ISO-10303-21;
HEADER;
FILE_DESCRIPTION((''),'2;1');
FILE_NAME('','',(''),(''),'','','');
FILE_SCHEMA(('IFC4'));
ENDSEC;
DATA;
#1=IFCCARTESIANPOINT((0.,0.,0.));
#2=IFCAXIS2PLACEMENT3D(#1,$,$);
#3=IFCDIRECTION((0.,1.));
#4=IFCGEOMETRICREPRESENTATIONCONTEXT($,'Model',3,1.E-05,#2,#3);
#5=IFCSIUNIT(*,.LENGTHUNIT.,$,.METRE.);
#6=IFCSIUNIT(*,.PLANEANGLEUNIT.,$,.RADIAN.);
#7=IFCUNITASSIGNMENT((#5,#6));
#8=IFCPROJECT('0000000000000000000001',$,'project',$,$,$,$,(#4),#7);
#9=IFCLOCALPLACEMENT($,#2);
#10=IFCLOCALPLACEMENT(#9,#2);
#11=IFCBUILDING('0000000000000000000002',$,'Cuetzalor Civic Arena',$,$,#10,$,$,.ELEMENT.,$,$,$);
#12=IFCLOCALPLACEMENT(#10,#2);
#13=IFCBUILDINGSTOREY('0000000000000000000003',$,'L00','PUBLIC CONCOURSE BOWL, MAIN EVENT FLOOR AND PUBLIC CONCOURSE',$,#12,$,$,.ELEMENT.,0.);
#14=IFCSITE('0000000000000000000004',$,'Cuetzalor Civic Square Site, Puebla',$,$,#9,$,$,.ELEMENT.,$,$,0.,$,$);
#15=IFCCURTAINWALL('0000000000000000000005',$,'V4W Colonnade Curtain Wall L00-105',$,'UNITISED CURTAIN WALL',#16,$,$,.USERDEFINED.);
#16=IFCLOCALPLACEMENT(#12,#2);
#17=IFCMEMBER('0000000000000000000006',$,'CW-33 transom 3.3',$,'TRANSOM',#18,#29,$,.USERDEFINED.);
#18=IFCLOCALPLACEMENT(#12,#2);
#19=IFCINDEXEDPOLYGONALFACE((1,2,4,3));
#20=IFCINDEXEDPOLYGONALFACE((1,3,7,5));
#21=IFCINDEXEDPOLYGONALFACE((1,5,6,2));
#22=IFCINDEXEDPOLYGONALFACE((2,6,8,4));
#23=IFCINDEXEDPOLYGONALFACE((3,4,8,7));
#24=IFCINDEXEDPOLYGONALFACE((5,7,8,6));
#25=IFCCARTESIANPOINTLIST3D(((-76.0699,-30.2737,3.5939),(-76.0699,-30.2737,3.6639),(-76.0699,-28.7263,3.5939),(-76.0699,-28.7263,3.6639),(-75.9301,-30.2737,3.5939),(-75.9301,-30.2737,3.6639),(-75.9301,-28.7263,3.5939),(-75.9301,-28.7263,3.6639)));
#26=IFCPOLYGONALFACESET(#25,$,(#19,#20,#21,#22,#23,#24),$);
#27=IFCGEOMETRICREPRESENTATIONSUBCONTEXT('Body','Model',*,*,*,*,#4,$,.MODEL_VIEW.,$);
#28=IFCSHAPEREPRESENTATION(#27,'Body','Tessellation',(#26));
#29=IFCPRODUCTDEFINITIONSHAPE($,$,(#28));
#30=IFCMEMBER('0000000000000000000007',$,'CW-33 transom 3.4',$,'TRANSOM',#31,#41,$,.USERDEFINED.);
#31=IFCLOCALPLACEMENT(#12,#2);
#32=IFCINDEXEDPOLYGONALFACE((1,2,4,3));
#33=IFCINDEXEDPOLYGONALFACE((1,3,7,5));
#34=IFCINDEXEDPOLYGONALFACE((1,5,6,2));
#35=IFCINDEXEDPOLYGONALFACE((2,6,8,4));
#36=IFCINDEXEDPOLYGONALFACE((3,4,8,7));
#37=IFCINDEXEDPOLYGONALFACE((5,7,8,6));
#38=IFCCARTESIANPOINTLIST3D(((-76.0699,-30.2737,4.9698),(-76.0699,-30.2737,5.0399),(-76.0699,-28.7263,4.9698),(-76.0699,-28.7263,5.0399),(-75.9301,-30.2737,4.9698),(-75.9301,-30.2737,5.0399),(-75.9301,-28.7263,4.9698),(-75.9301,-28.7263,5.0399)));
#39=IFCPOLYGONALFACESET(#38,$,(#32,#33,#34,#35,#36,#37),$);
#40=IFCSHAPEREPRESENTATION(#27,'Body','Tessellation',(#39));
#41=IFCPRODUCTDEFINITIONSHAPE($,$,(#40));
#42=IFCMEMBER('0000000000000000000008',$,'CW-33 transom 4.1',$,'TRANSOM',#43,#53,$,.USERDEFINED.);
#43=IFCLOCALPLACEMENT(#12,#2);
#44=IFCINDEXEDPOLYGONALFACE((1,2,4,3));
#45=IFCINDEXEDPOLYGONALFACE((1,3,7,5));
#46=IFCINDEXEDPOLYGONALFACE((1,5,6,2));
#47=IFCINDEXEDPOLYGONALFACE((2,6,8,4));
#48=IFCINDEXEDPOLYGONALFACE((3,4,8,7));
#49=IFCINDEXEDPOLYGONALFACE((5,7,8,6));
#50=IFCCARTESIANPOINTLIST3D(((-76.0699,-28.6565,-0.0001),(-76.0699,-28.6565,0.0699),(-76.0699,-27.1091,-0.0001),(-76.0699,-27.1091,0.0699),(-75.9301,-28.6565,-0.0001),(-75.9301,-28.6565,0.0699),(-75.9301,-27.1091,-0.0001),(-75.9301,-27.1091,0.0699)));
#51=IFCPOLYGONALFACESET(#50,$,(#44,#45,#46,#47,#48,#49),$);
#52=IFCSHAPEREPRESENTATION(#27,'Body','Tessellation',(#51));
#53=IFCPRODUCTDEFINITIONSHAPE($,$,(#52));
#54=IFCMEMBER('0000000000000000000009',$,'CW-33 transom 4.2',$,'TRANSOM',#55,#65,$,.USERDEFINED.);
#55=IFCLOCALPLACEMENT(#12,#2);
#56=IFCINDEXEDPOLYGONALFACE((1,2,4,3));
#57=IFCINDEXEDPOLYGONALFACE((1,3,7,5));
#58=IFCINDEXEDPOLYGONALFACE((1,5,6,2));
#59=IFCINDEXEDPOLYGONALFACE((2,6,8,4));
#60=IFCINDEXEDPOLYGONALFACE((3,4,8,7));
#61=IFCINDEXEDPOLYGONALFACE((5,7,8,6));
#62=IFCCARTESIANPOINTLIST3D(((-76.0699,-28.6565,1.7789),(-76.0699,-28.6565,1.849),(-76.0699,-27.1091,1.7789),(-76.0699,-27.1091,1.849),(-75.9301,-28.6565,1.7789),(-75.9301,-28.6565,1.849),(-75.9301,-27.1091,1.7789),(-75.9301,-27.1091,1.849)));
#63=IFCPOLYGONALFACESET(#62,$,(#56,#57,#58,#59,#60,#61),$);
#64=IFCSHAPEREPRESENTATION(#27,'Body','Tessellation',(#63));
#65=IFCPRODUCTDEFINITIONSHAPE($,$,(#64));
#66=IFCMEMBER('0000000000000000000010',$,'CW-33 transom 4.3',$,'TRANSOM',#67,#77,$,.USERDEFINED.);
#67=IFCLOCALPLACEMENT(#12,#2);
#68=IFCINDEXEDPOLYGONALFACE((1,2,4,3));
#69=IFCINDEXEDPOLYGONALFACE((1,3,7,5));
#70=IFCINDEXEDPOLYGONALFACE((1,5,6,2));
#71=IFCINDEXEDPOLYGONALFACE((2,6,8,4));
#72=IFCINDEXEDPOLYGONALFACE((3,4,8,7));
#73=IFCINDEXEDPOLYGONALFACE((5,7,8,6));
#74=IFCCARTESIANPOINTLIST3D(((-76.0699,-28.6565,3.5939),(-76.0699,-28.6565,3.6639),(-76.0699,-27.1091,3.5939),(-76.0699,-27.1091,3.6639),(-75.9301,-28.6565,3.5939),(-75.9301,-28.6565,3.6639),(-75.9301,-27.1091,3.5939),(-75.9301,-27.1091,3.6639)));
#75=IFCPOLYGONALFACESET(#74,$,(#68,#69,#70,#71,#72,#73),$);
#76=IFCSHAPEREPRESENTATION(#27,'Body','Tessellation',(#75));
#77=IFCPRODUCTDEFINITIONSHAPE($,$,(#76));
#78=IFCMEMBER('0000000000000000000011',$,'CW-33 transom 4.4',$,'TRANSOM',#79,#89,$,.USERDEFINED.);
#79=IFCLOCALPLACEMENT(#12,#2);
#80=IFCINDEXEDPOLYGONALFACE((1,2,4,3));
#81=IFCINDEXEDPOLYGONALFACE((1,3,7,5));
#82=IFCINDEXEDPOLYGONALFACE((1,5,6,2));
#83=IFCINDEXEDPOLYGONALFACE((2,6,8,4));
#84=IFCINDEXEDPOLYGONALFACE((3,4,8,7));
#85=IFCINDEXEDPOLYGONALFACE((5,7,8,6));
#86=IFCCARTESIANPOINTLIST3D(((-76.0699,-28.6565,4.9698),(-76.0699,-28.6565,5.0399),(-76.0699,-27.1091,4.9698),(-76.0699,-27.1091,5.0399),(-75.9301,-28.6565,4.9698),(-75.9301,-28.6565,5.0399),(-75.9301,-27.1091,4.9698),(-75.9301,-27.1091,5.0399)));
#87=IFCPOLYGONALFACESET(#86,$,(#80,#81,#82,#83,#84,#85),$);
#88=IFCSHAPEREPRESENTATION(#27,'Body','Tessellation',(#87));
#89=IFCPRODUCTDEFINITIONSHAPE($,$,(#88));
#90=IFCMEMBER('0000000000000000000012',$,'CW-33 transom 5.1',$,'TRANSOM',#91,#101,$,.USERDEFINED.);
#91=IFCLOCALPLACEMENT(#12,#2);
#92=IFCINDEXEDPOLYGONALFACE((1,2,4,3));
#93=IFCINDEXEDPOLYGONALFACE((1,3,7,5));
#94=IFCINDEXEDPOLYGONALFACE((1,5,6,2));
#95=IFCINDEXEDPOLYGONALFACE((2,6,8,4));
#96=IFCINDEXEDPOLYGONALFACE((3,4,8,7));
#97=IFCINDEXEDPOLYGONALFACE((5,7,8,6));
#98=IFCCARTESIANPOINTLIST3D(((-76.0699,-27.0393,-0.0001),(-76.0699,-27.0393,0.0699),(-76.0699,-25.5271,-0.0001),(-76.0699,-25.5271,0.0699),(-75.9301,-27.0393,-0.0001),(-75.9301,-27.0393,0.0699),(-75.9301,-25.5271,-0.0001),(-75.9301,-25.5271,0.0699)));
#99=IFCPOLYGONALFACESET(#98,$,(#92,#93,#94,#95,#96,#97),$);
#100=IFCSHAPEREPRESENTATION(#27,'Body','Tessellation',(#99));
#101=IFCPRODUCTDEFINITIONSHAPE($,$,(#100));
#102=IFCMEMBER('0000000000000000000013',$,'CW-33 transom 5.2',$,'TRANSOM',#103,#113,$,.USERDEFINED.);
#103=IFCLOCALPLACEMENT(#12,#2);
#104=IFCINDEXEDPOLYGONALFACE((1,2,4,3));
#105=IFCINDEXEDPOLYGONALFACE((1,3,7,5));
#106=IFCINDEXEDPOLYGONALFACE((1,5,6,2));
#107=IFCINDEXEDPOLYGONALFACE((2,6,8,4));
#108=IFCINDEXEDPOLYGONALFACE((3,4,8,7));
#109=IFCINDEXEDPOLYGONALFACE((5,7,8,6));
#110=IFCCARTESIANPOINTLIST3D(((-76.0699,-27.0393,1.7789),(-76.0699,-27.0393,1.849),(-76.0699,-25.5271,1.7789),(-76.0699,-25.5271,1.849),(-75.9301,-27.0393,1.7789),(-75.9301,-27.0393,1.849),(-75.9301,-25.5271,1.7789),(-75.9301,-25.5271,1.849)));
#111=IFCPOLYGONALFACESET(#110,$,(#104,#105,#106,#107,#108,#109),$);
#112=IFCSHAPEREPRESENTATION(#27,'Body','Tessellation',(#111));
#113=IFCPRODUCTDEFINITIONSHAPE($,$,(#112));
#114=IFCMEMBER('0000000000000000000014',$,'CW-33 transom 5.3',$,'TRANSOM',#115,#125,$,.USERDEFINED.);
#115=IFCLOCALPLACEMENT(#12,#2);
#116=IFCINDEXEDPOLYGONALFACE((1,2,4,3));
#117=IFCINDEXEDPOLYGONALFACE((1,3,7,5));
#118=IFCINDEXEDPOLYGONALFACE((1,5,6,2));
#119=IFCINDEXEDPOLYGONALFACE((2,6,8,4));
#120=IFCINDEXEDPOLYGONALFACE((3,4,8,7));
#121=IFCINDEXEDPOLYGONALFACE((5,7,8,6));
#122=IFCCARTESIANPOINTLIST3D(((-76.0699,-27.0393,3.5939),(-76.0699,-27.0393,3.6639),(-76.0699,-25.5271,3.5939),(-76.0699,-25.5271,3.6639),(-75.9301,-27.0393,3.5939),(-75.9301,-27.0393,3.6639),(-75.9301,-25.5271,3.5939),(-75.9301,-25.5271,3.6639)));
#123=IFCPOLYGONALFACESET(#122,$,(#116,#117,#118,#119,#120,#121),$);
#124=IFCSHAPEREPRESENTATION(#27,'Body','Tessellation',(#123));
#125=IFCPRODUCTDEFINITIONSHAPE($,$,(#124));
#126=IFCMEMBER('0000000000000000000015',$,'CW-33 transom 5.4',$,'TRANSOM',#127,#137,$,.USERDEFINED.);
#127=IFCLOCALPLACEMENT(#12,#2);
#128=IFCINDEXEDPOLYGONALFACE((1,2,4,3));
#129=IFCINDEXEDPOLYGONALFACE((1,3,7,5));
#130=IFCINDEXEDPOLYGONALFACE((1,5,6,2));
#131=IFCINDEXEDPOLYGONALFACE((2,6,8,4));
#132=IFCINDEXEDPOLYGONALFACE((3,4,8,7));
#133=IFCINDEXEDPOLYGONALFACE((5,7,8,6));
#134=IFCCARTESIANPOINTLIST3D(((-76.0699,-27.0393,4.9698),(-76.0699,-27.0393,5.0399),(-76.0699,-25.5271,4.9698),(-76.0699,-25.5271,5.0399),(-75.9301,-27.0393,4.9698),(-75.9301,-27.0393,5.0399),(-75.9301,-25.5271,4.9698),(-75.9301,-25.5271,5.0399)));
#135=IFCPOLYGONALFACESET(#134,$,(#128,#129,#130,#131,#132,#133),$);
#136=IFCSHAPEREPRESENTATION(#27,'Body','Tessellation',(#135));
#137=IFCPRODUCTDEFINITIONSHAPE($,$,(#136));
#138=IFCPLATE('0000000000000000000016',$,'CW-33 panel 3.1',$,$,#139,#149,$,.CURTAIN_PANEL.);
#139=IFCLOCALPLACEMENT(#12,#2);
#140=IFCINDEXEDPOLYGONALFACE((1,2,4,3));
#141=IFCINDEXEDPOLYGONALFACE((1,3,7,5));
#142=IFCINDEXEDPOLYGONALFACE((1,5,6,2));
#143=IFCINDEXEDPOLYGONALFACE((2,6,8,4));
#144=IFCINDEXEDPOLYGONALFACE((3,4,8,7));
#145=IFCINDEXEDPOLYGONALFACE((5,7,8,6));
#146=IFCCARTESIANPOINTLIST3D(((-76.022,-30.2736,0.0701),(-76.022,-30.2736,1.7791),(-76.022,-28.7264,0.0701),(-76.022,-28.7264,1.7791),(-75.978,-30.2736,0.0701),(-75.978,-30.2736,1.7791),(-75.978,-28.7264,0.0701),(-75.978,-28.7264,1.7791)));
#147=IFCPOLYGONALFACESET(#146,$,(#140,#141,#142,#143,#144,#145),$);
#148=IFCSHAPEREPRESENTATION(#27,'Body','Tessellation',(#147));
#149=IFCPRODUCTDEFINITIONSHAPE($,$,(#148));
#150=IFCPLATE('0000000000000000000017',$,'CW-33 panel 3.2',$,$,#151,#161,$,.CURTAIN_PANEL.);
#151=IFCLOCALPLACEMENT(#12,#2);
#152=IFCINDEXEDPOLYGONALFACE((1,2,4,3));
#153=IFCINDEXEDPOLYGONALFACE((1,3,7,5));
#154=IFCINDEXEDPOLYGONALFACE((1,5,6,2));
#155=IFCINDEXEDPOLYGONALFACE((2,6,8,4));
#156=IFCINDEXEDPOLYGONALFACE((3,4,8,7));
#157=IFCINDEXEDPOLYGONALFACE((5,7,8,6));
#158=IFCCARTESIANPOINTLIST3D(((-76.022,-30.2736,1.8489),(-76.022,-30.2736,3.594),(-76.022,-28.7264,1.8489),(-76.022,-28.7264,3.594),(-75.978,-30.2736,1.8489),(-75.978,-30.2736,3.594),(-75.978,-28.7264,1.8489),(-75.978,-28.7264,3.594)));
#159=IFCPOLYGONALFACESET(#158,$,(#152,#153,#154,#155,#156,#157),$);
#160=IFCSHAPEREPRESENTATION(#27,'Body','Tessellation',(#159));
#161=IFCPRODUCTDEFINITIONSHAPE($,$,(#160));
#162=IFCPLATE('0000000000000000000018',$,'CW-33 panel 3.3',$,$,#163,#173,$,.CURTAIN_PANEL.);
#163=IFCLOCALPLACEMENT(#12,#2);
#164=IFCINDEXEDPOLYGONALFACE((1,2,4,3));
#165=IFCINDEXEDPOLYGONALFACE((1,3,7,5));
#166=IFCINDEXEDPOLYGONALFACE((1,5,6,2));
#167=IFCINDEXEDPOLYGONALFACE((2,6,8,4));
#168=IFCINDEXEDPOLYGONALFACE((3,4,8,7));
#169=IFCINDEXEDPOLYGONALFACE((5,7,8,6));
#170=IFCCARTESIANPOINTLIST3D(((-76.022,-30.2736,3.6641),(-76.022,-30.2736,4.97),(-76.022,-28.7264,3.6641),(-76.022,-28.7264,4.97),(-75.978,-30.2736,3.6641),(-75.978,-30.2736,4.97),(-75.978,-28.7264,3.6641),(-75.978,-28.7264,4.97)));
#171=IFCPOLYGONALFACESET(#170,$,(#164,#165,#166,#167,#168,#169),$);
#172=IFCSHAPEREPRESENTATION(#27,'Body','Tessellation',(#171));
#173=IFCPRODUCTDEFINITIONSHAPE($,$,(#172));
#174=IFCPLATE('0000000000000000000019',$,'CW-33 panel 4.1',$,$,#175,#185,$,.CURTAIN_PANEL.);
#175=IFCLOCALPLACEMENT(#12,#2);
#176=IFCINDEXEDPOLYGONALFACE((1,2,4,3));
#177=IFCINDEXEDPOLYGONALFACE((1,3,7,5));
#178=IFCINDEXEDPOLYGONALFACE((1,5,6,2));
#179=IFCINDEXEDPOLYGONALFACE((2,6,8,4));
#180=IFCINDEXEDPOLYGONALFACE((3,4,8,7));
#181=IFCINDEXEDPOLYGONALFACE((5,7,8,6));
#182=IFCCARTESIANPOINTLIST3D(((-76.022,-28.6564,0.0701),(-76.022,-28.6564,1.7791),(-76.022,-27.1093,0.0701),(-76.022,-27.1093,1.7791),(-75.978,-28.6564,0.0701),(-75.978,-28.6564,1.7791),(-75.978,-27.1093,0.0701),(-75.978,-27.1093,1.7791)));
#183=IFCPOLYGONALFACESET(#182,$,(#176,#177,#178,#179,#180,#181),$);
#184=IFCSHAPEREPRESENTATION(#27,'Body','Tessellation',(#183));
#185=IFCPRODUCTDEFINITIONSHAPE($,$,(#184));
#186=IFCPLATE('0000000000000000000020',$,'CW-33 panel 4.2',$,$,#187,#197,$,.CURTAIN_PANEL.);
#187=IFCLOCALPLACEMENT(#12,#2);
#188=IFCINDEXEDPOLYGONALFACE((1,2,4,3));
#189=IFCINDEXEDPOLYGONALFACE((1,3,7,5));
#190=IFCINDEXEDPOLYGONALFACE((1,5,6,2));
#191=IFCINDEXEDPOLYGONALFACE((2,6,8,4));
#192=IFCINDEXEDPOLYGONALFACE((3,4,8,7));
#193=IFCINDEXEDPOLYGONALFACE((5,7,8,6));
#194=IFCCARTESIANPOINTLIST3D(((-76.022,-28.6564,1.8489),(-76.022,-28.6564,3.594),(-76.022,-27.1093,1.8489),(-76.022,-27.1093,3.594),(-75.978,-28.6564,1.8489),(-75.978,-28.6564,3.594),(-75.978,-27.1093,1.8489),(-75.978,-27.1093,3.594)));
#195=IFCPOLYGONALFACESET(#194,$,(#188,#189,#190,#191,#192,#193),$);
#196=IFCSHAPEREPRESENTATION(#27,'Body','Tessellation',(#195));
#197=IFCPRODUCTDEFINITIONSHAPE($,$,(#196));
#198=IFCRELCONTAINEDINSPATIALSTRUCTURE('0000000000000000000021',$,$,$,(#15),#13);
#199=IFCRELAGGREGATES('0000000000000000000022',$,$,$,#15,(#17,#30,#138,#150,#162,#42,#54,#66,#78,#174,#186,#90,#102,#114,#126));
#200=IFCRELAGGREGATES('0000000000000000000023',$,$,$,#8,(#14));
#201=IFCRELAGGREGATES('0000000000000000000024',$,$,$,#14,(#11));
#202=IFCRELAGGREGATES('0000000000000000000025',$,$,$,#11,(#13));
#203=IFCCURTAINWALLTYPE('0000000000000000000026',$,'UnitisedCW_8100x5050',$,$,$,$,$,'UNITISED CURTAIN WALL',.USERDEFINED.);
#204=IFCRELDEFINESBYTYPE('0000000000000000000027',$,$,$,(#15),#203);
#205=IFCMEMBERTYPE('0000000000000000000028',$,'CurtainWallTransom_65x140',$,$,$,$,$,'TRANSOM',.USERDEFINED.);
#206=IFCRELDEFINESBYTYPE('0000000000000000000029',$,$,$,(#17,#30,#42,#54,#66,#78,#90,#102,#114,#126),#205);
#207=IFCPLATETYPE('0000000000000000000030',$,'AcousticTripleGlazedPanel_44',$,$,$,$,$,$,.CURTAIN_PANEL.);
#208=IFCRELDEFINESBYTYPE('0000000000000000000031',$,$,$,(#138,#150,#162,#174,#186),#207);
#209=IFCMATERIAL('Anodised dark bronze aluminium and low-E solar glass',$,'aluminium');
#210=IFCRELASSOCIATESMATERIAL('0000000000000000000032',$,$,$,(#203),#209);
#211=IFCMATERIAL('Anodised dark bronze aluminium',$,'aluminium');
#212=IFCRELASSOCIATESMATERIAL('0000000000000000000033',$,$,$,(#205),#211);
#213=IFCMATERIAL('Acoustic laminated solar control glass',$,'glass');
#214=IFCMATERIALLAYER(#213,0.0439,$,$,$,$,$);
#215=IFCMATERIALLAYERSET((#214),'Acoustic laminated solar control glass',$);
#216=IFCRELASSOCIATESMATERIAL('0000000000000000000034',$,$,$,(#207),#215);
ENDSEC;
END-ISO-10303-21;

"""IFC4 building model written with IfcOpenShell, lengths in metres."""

from ifc_helpers import new_model, si_unit, direction, frame, origin, origin_2d, place, context, subcontext, project, spatial, rectangle, extrude, material, layer, layer_set, material_profile, profile_set, type_object, element, aggregate, save


model = new_model("IFC4")

# Units and contexts
model_context = context("Model", 3, precision=1e-05, world=origin(), true_north=direction((0.0, 1.0)))
body_context = subcontext(model_context, "Body", "Model", "MODEL_VIEW")
ifc_project = project(units=[si_unit("LENGTHUNIT", "METRE"), si_unit("PLANEANGLEUNIT", "RADIAN")], contexts=[model_context])

# Site, building, storey
site_placement = place(None, origin())
site = spatial("IfcSite", under=ifc_project, at=site_placement, Name="Cuetzalor Civic Square Site, Puebla", CompositionType="ELEMENT", RefElevation=0.0)
building_placement = place(site_placement, origin())
building = spatial("IfcBuilding", under=site, at=building_placement, Name="Cuetzalor Civic Arena", CompositionType="ELEMENT")
storey_placement = place(building_placement, origin())
storey = spatial("IfcBuildingStorey", under=building, at=storey_placement, Name="L00", Description="PUBLIC CONCOURSE BOWL, MAIN EVENT FLOOR AND PUBLIC CONCOURSE", CompositionType="ELEMENT", Elevation=0.0)

# Curtain wall, members, plates
ifc_material_1 = material(Name="Anodised dark bronze aluminium and low-E solar glass", Category="aluminium")
curtain_wall_type = type_object("IfcCurtainWallType", Name="UnitisedCW_8100x5050", ElementType="UNITISED CURTAIN WALL", PredefinedType="USERDEFINED", material=ifc_material_1)
curtain_wall_placement = place(storey_placement, origin())
curtain_wall = element("IfcCurtainWall", 1, at=curtain_wall_placement, inside=storey, type_object=curtain_wall_type, Name="V4W Colonnade Curtain Wall L00-105", ObjectType="UNITISED CURTAIN WALL", PredefinedType="USERDEFINED")
ifc_material_2 = material(Name="Anodised dark bronze aluminium", Category="aluminium")
ifc_material_profile_1 = material_profile(ifc_material_2, rectangle(XDim=0.1399, YDim=0.0701, at=origin_2d()), Name="ALU TRANSOM 70x140")
ifc_profile_set_1 = profile_set([ifc_material_profile_1], Name="Anodised dark bronze aluminium")
member_type_1 = type_object("IfcMemberType", Name="CurtainWallTransom_65x140", ElementType="TRANSOM", PredefinedType="USERDEFINED", material=ifc_profile_set_1)
member_1_placement = place(storey_placement, frame((-76.0, -30.2737, 3.6289), z_axis=(0.0, 1.0, 0.0), x_axis=(-1.0, 0.0, 0.0)))
member_1 = element("IfcMember", 2, at=member_1_placement, type_object=member_type_1, Name="CW-33 transom 3.3", ObjectType="TRANSOM", PredefinedType="USERDEFINED", context=body_context, shape_type="SweptSolid", body=[
    extrude(rectangle(XDim=0.1399, YDim=0.0701, at=origin_2d()), origin(), (0.0, 0.0, 1.0), 1.5474),
])
member_2_placement = place(storey_placement, frame((-76.0, -30.2737, 5.0049), z_axis=(0.0, 1.0, 0.0), x_axis=(-1.0, 0.0, 0.0)))
member_2 = element("IfcMember", 3, at=member_2_placement, type_object=member_type_1, Name="CW-33 transom 3.4", ObjectType="TRANSOM", PredefinedType="USERDEFINED", context=body_context, shape_type="SweptSolid", body=[
    extrude(rectangle(XDim=0.1399, YDim=0.0701, at=origin_2d()), origin(), (0.0, 0.0, 1.0), 1.5474),
])
member_3_placement = place(storey_placement, frame((-76.0, -28.6565, 0.0349), z_axis=(0.0, 1.0, 0.0), x_axis=(-1.0, 0.0, 0.0)))
member_3 = element("IfcMember", 4, at=member_3_placement, type_object=member_type_1, Name="CW-33 transom 4.1", ObjectType="TRANSOM", PredefinedType="USERDEFINED", context=body_context, shape_type="SweptSolid", body=[
    extrude(rectangle(XDim=0.1399, YDim=0.0701, at=origin_2d()), origin(), (0.0, 0.0, 1.0), 1.5474),
])
member_4_placement = place(storey_placement, frame((-76.0, -28.6565, 1.814), z_axis=(0.0, 1.0, 0.0), x_axis=(-1.0, 0.0, 0.0)))
member_4 = element("IfcMember", 5, at=member_4_placement, type_object=member_type_1, Name="CW-33 transom 4.2", ObjectType="TRANSOM", PredefinedType="USERDEFINED", context=body_context, shape_type="SweptSolid", body=[
    extrude(rectangle(XDim=0.1399, YDim=0.0701, at=origin_2d()), origin(), (0.0, 0.0, 1.0), 1.5474),
])
member_5_placement = place(storey_placement, frame((-76.0, -28.6565, 3.6289), z_axis=(0.0, 1.0, 0.0), x_axis=(-1.0, 0.0, 0.0)))
member_5 = element("IfcMember", 6, at=member_5_placement, type_object=member_type_1, Name="CW-33 transom 4.3", ObjectType="TRANSOM", PredefinedType="USERDEFINED", context=body_context, shape_type="SweptSolid", body=[
    extrude(rectangle(XDim=0.1399, YDim=0.0701, at=origin_2d()), origin(), (0.0, 0.0, 1.0), 1.5474),
])
member_6_placement = place(storey_placement, frame((-76.0, -28.6565, 5.0049), z_axis=(0.0, 1.0, 0.0), x_axis=(-1.0, 0.0, 0.0)))
member_6 = element("IfcMember", 7, at=member_6_placement, type_object=member_type_1, Name="CW-33 transom 4.4", ObjectType="TRANSOM", PredefinedType="USERDEFINED", context=body_context, shape_type="SweptSolid", body=[
    extrude(rectangle(XDim=0.1399, YDim=0.0701, at=origin_2d()), origin(), (0.0, 0.0, 1.0), 1.5474),
])
member_7_placement = place(storey_placement, frame((-76.0, -27.0393, 0.0349), z_axis=(0.0, 1.0, 0.0), x_axis=(-1.0, 0.0, 0.0)))
member_7 = element("IfcMember", 8, at=member_7_placement, type_object=member_type_1, Name="CW-33 transom 5.1", ObjectType="TRANSOM", PredefinedType="USERDEFINED", context=body_context, shape_type="SweptSolid", body=[
    extrude(rectangle(XDim=0.1399, YDim=0.0701, at=origin_2d()), origin(), (0.0, 0.0, 1.0), 1.5122),
])
member_8_placement = place(storey_placement, frame((-76.0, -27.0393, 1.814), z_axis=(0.0, 1.0, 0.0), x_axis=(-1.0, 0.0, 0.0)))
member_8 = element("IfcMember", 9, at=member_8_placement, type_object=member_type_1, Name="CW-33 transom 5.2", ObjectType="TRANSOM", PredefinedType="USERDEFINED", context=body_context, shape_type="SweptSolid", body=[
    extrude(rectangle(XDim=0.1399, YDim=0.0701, at=origin_2d()), origin(), (0.0, 0.0, 1.0), 1.5122),
])
member_9_placement = place(storey_placement, frame((-76.0, -27.0393, 3.6289), z_axis=(0.0, 1.0, 0.0), x_axis=(-1.0, 0.0, 0.0)))
member_9 = element("IfcMember", 10, at=member_9_placement, type_object=member_type_1, Name="CW-33 transom 5.3", ObjectType="TRANSOM", PredefinedType="USERDEFINED", context=body_context, shape_type="SweptSolid", body=[
    extrude(rectangle(XDim=0.1399, YDim=0.0701, at=origin_2d()), origin(), (0.0, 0.0, 1.0), 1.5122),
])
member_10_placement = place(storey_placement, frame((-76.0, -27.0393, 5.0049), z_axis=(0.0, 1.0, 0.0), x_axis=(-1.0, 0.0, 0.0)))
member_10 = element("IfcMember", 11, at=member_10_placement, type_object=member_type_1, Name="CW-33 transom 5.4", ObjectType="TRANSOM", PredefinedType="USERDEFINED", context=body_context, shape_type="SweptSolid", body=[
    extrude(rectangle(XDim=0.1399, YDim=0.0701, at=origin_2d()), origin(), (0.0, 0.0, 1.0), 1.5122),
])
ifc_material_3 = material(Name="Acoustic laminated solar control glass", Category="glass")
ifc_layer_1 = layer(ifc_material_3, 0.0439)
ifc_layer_set_1 = layer_set([ifc_layer_1], Name="Acoustic laminated solar control glass")
plate_type = type_object("IfcPlateType", Name="AcousticTripleGlazedPanel_44", PredefinedType="CURTAIN_PANEL", material=ifc_layer_set_1)
plate_1_placement = place(storey_placement, frame((-76.0, -29.5, 0.0701), z_axis=(0.0, 0.0, 1.0), x_axis=(0.0, 1.0, 0.0)))
plate_1 = element("IfcPlate", 12, at=plate_1_placement, type_object=plate_type, Name="CW-33 panel 3.1", PredefinedType="CURTAIN_PANEL", context=body_context, shape_type="SweptSolid", body=[
    extrude(rectangle(XDim=1.5471, YDim=0.0439, at=origin_2d()), origin(), (0.0, 0.0, 1.0), 1.709),
])
plate_2_placement = place(storey_placement, frame((-76.0, -29.5, 1.8489), z_axis=(0.0, 0.0, 1.0), x_axis=(0.0, 1.0, 0.0)))
plate_2 = element("IfcPlate", 13, at=plate_2_placement, type_object=plate_type, Name="CW-33 panel 3.2", PredefinedType="CURTAIN_PANEL", context=body_context, shape_type="SweptSolid", body=[
    extrude(rectangle(XDim=1.5471, YDim=0.0439, at=origin_2d()), origin(), (0.0, 0.0, 1.0), 1.7451),
])
plate_3_placement = place(storey_placement, frame((-76.0, -29.5, 3.6641), z_axis=(0.0, 0.0, 1.0), x_axis=(0.0, 1.0, 0.0)))
plate_3 = element("IfcPlate", 14, at=plate_3_placement, type_object=plate_type, Name="CW-33 panel 3.3", PredefinedType="CURTAIN_PANEL", context=body_context, shape_type="SweptSolid", body=[
    extrude(rectangle(XDim=1.5471, YDim=0.0439, at=origin_2d()), origin(), (0.0, 0.0, 1.0), 1.3059),
])
plate_4_placement = place(storey_placement, frame((-76.0, -27.8828, 0.0701), z_axis=(0.0, 0.0, 1.0), x_axis=(0.0, 1.0, 0.0)))
plate_4 = element("IfcPlate", 15, at=plate_4_placement, type_object=plate_type, Name="CW-33 panel 4.1", PredefinedType="CURTAIN_PANEL", context=body_context, shape_type="SweptSolid", body=[
    extrude(rectangle(XDim=1.5471, YDim=0.0439, at=origin_2d()), origin(), (0.0, 0.0, 1.0), 1.709),
])
plate_5_placement = place(storey_placement, frame((-76.0, -27.8828, 1.8489), z_axis=(0.0, 0.0, 1.0), x_axis=(0.0, 1.0, 0.0)))
plate_5 = element("IfcPlate", 16, at=plate_5_placement, type_object=plate_type, Name="CW-33 panel 4.2", PredefinedType="CURTAIN_PANEL", context=body_context, shape_type="SweptSolid", body=[
    extrude(rectangle(XDim=1.5471, YDim=0.0439, at=origin_2d()), origin(), (0.0, 0.0, 1.0), 1.7451),
])
aggregate(curtain_wall, [member_1, member_2, plate_1, plate_2, plate_3, member_3, member_4, member_5, member_6, plate_4, plate_5, member_7, member_8, member_9, member_10])

save(model, "model.ifc")
